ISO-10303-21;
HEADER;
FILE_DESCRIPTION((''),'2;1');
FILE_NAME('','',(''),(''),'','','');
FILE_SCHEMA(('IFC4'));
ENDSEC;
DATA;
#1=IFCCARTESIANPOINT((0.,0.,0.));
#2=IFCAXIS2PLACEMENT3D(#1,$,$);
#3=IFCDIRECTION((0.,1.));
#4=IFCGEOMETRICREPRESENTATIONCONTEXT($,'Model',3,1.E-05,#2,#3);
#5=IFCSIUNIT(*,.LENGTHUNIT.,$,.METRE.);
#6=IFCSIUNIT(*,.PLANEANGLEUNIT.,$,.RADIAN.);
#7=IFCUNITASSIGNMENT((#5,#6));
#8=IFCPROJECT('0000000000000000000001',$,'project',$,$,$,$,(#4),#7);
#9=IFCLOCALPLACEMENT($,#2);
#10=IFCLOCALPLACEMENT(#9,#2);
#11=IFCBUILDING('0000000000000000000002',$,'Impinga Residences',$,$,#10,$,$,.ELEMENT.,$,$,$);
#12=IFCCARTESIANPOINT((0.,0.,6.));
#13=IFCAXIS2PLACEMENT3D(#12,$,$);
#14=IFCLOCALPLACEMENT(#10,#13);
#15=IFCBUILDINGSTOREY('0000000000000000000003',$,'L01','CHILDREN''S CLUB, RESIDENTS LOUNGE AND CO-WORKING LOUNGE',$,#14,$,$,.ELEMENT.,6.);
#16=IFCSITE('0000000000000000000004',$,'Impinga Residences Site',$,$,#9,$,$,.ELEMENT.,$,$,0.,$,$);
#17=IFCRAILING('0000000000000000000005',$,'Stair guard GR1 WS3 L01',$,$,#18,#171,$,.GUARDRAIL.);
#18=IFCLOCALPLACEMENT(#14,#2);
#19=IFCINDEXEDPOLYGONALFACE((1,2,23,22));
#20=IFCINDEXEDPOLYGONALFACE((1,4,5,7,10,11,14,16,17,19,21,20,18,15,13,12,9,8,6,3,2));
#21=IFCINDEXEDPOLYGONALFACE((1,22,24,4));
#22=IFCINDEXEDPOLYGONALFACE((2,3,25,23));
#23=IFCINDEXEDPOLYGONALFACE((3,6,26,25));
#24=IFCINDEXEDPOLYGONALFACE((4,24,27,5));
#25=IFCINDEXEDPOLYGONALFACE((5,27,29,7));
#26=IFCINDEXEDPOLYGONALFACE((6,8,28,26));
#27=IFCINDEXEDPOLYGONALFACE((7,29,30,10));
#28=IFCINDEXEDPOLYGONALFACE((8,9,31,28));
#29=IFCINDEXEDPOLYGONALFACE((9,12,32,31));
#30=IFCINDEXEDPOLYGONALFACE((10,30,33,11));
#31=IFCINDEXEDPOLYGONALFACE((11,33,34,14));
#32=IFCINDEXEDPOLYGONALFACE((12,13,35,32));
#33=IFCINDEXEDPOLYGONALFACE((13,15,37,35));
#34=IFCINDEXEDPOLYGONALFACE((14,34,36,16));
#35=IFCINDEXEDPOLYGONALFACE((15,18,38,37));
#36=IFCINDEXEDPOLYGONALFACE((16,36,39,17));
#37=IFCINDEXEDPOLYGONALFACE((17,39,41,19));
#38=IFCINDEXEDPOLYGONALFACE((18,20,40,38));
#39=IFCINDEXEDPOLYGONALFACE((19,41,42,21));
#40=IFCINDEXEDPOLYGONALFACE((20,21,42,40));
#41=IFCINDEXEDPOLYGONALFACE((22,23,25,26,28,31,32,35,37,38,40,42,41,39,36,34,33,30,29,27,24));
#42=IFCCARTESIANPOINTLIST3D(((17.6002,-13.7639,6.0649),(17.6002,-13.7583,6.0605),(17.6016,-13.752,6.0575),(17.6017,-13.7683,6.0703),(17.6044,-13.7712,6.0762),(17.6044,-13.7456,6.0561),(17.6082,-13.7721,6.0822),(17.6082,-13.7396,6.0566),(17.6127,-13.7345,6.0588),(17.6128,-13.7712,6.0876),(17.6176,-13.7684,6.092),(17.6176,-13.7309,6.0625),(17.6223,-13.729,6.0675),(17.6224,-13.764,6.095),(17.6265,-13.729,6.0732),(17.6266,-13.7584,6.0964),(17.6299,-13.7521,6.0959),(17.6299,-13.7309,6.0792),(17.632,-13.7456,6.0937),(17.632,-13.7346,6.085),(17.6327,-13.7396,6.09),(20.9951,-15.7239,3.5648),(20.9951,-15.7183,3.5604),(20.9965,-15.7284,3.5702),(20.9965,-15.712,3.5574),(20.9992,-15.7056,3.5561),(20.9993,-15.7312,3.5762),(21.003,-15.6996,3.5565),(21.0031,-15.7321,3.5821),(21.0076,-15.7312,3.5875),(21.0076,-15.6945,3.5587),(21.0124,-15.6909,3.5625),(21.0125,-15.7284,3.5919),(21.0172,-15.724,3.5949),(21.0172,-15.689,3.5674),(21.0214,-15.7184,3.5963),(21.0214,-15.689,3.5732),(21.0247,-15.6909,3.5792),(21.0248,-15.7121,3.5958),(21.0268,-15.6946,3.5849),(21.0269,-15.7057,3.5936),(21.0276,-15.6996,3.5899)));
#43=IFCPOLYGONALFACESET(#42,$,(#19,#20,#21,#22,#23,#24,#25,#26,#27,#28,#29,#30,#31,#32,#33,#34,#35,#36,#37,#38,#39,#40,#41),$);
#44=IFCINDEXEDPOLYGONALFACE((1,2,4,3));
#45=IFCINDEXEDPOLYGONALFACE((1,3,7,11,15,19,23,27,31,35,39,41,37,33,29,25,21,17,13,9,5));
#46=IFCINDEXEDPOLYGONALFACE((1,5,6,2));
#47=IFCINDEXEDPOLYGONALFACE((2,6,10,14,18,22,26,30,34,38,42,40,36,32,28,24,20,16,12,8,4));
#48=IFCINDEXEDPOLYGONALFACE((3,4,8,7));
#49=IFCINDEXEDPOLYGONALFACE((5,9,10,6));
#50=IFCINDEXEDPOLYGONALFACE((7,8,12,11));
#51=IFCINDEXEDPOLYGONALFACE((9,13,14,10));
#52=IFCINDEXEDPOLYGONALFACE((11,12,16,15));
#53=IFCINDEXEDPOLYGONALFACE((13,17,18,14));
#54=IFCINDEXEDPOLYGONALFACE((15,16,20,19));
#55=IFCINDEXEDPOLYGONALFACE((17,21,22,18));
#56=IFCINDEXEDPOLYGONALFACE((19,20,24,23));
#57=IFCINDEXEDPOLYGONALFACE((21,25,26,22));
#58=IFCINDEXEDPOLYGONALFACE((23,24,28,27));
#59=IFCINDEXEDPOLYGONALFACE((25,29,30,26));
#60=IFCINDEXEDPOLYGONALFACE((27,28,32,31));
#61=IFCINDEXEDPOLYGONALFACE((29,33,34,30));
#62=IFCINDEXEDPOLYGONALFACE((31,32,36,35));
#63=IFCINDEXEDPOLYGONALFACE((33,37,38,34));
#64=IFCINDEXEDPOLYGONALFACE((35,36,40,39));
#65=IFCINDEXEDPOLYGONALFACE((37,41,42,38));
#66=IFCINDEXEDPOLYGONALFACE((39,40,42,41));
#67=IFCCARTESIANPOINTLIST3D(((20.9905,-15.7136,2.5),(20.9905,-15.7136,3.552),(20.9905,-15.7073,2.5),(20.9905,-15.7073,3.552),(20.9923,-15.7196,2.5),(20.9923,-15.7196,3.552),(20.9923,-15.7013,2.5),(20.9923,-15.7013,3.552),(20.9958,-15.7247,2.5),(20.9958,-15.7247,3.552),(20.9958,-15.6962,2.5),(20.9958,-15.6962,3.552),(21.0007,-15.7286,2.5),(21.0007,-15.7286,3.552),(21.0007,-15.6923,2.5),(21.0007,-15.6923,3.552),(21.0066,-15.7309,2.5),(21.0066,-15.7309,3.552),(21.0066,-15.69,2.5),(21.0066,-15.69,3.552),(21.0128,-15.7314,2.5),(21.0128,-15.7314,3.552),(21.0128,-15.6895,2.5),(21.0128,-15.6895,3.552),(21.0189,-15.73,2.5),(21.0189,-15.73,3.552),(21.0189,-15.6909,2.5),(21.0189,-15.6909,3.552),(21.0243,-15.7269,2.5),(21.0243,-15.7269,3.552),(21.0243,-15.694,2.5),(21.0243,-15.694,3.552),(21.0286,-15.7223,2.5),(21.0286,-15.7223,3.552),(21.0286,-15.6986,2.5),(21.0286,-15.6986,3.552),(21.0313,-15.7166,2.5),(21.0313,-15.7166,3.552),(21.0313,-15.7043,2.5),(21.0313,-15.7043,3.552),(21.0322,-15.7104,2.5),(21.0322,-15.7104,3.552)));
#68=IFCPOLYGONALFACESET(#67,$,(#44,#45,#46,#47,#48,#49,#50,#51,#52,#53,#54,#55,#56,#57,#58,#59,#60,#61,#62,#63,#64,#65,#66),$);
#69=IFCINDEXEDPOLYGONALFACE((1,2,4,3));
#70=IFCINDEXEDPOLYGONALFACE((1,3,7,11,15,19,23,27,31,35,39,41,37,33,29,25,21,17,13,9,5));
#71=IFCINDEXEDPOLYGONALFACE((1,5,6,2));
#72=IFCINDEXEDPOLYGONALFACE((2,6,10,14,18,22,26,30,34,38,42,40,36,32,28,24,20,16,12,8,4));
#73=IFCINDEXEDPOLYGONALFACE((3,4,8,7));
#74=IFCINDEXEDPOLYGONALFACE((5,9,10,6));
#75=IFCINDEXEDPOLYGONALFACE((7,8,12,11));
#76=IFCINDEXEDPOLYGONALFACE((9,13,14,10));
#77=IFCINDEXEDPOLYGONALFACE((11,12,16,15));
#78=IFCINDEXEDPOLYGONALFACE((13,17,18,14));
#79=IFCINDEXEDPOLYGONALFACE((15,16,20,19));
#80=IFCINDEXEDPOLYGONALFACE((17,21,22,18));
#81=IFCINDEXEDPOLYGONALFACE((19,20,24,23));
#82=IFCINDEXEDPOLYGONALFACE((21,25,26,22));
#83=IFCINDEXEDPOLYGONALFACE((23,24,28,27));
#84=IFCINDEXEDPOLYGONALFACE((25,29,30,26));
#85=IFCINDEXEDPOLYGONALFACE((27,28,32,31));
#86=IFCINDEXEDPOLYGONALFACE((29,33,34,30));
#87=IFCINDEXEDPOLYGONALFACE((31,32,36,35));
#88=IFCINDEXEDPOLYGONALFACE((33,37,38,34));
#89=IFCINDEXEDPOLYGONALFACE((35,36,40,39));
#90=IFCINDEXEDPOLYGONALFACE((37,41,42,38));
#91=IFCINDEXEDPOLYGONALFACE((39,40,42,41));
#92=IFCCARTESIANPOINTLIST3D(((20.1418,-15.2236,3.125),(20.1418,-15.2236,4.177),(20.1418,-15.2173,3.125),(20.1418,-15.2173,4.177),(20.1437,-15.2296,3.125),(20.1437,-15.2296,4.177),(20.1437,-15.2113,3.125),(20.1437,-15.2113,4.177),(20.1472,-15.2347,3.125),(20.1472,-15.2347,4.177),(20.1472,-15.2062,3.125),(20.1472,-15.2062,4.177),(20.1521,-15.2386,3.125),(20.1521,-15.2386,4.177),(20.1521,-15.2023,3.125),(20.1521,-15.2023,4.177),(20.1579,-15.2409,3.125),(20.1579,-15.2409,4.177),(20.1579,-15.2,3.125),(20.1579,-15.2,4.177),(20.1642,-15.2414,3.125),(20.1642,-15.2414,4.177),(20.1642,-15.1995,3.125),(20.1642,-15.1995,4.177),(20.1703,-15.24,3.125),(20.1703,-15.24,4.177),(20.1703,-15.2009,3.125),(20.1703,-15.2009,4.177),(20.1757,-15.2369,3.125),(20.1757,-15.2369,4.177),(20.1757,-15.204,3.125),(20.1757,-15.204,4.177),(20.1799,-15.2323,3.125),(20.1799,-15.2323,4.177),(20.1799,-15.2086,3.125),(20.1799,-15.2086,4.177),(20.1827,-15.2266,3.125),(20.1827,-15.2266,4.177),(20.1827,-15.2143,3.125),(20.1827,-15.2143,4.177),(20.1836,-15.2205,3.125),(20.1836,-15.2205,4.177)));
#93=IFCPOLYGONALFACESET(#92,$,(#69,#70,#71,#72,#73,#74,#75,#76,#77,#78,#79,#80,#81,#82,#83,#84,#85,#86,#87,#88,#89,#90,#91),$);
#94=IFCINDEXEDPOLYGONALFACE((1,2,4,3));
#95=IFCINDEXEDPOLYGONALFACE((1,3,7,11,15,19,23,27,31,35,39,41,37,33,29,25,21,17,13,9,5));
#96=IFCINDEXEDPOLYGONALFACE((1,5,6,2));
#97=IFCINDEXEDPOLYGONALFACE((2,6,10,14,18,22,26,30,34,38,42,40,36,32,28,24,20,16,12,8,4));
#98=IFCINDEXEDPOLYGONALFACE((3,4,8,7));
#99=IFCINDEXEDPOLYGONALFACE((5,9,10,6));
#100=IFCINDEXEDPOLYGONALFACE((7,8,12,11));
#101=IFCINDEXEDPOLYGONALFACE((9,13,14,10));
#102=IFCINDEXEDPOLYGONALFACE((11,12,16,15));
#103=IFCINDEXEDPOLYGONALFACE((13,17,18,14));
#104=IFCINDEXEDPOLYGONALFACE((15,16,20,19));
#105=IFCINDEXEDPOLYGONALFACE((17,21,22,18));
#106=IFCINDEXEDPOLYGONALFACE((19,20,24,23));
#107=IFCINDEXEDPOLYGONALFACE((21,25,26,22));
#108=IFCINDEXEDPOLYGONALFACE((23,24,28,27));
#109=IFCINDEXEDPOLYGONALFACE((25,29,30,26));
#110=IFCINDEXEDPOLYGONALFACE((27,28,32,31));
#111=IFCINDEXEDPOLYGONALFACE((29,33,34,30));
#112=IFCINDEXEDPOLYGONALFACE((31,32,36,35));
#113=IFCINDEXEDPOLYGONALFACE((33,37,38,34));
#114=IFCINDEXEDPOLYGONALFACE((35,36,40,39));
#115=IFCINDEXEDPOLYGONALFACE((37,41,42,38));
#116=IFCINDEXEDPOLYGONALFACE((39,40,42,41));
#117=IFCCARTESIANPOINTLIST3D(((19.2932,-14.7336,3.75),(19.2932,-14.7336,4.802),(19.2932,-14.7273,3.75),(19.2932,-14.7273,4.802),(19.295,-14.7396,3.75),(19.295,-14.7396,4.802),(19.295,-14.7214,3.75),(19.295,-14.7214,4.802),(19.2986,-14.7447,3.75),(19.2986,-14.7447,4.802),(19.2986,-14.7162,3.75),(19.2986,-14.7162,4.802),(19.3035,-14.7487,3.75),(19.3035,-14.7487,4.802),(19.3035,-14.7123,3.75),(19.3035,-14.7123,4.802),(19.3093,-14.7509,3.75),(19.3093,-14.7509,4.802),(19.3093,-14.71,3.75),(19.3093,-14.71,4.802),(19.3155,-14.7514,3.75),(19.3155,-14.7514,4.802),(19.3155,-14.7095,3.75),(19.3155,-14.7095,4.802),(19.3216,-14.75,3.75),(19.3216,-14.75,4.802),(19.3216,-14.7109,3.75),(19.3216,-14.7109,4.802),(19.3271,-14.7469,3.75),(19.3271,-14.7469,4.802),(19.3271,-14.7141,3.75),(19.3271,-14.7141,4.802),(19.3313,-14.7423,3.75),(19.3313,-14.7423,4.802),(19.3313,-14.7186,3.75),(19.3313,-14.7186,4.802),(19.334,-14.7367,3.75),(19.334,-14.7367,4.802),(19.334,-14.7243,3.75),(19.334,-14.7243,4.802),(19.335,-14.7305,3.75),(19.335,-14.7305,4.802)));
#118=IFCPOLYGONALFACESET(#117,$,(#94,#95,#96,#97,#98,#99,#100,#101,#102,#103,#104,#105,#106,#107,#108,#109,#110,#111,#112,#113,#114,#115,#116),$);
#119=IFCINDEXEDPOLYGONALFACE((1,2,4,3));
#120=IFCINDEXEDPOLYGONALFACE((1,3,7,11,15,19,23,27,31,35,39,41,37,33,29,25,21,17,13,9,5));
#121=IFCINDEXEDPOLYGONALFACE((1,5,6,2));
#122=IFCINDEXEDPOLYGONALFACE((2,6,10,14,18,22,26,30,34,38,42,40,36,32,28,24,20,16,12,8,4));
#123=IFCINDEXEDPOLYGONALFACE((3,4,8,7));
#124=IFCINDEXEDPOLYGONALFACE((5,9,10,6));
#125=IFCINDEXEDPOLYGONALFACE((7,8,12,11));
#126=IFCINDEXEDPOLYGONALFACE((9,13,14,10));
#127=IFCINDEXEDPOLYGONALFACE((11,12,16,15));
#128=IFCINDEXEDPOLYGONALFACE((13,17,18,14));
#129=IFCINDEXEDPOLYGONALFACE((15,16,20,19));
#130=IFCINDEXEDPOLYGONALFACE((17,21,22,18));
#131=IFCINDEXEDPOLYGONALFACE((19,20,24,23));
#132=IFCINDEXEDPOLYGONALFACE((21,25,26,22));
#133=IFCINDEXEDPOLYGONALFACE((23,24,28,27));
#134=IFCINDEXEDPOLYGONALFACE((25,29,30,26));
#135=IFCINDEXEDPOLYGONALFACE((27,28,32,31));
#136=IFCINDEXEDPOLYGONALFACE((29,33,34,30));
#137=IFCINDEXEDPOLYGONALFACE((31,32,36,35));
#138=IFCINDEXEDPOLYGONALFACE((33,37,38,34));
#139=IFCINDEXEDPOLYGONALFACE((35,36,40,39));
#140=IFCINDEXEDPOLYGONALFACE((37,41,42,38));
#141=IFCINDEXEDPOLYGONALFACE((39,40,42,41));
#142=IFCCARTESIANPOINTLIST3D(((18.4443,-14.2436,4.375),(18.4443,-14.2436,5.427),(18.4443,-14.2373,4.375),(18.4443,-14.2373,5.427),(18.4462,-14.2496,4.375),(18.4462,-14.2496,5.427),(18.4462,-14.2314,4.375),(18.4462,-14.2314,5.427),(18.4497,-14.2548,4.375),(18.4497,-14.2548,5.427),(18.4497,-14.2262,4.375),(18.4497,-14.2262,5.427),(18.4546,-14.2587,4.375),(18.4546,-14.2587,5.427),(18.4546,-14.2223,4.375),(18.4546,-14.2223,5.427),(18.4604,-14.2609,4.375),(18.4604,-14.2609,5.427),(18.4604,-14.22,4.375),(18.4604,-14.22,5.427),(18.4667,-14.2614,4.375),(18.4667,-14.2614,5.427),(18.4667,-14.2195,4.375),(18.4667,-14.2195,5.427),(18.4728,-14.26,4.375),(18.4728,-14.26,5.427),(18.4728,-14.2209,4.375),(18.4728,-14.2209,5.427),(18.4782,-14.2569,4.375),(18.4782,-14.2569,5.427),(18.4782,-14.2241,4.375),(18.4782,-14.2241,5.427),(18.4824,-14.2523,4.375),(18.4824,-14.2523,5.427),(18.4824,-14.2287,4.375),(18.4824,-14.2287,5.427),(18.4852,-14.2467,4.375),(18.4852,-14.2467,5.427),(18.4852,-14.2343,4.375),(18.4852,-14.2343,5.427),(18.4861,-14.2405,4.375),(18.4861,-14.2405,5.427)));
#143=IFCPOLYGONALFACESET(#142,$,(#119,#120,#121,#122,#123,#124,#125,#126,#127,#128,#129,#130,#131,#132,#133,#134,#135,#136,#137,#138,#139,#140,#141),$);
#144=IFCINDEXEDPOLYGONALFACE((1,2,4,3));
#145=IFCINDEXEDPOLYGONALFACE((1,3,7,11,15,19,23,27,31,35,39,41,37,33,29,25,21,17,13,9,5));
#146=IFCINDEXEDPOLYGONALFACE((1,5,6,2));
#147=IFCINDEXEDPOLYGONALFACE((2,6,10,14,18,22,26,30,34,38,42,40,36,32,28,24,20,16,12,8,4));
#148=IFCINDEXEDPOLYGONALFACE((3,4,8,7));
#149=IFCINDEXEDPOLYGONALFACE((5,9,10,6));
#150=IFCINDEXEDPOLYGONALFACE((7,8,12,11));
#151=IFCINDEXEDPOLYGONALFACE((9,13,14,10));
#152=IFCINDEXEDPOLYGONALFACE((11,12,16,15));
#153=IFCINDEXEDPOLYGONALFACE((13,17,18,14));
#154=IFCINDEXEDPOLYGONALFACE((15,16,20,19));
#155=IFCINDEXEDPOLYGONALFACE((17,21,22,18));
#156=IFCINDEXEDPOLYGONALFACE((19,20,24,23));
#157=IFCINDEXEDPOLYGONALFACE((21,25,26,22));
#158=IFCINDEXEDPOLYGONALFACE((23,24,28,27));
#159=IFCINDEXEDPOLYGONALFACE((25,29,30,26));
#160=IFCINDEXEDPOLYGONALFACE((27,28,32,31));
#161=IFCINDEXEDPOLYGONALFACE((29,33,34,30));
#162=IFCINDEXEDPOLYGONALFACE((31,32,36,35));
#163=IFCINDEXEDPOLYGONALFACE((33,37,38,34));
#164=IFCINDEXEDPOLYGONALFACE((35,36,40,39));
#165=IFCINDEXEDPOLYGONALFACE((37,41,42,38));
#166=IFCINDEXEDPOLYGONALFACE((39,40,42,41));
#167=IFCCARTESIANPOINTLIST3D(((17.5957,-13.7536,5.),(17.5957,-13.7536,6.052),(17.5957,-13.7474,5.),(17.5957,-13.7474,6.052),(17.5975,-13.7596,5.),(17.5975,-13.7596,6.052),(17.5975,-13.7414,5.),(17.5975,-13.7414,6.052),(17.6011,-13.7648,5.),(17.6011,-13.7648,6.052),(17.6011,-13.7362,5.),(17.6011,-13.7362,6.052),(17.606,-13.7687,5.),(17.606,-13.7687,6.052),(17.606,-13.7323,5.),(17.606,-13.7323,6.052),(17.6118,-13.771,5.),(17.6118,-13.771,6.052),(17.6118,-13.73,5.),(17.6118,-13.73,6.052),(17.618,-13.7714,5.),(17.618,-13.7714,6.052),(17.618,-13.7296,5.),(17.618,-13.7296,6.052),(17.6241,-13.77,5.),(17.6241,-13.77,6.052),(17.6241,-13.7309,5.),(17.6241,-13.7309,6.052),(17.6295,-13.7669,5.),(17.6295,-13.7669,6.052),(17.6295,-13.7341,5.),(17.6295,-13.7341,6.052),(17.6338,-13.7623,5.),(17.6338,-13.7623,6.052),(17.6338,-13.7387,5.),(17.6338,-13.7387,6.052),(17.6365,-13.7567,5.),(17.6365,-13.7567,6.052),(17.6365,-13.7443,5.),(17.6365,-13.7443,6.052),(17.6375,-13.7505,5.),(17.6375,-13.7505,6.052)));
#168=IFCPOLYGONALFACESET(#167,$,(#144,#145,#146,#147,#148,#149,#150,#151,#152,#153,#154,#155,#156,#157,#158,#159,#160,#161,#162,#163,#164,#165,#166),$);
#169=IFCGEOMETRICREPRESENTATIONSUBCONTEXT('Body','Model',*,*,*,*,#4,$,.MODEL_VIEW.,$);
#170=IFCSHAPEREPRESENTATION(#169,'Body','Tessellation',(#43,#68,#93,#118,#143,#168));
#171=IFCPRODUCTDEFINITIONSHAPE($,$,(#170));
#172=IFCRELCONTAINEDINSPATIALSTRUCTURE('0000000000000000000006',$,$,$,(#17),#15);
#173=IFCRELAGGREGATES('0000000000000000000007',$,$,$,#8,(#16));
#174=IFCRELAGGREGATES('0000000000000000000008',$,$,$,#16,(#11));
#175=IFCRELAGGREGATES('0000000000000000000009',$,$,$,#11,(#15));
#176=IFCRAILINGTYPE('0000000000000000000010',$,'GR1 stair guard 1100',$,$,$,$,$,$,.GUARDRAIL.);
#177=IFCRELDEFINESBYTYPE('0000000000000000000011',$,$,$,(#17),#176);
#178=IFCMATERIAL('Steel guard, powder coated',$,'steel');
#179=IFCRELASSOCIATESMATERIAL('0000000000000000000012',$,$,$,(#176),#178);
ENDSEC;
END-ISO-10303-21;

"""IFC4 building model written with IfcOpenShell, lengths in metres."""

from ifc_helpers import new_model, si_unit, direction, frame, origin, origin_2d, place, context, subcontext, project, spatial, circle, extrude, material, type_object, element, save


model = new_model("IFC4")

# Units and contexts
model_context = context("Model", 3, precision=1e-05, world=origin(), true_north=direction((0.0, 1.0)))
body_context = subcontext(model_context, "Body", "Model", "MODEL_VIEW")
ifc_project = project(units=[si_unit("LENGTHUNIT", "METRE"), si_unit("PLANEANGLEUNIT", "RADIAN")], contexts=[model_context])

# Site, building, storey
site_placement = place(None, origin())
site = spatial("IfcSite", under=ifc_project, at=site_placement, Name="Impinga Residences Site", CompositionType="ELEMENT", RefElevation=0.0)
building_placement = place(site_placement, origin())
building = spatial("IfcBuilding", under=site, at=building_placement, Name="Impinga Residences", CompositionType="ELEMENT")
storey_placement = place(building_placement, frame((0.0, 0.0, 6.0)))
storey = spatial("IfcBuildingStorey", under=building, at=storey_placement, Name="L01", Description="CHILDREN'S CLUB, RESIDENTS LOUNGE AND CO-WORKING LOUNGE", CompositionType="ELEMENT", Elevation=6.0)

# Railing
ifc_material_1 = material(Name="Steel guard, powder coated", Category="steel")
railing_type_1 = type_object("IfcRailingType", Name="GR1 stair guard 1100", PredefinedType="GUARDRAIL", material=ifc_material_1)
railing_1_placement = place(storey_placement, frame((21.0112, -15.7104, 2.5)))
element("IfcRailing", 1, at=railing_1_placement, inside=storey, type_object=railing_type_1, Name="Stair guard GR1 WS3 L01", PredefinedType="GUARDRAIL", context=body_context, shape_type="SweptSolid", body=[
    extrude(circle(Radius=0.0239, at=origin_2d()), frame((0.0, 0.0, 1.0762), z_axis=(-0.73017, 0.421561, 0.537716), x_axis=(-0.499997, -0.866027, 0.0)), (0.0, 0.0, 1.0), 4.6494),
    extrude(circle(Radius=0.021, at=origin_2d()), origin(), (0.0, 0.0, 1.0), 1.052),
    extrude(circle(Radius=0.021, at=origin_2d()), frame((-0.8486, 0.49, 0.625)), (0.0, 0.0, 1.0), 1.052),
    extrude(circle(Radius=0.021, at=origin_2d()), frame((-1.6973, 0.98, 1.25)), (0.0, 0.0, 1.0), 1.052),
    extrude(circle(Radius=0.021, at=origin_2d()), frame((-2.5461, 1.47, 1.875)), (0.0, 0.0, 1.0), 1.052),
    extrude(circle(Radius=0.021, at=origin_2d()), frame((-3.3948, 1.96, 2.5)), (0.0, 0.0, 1.0), 1.052),
])

save(model, "model.ifc")
